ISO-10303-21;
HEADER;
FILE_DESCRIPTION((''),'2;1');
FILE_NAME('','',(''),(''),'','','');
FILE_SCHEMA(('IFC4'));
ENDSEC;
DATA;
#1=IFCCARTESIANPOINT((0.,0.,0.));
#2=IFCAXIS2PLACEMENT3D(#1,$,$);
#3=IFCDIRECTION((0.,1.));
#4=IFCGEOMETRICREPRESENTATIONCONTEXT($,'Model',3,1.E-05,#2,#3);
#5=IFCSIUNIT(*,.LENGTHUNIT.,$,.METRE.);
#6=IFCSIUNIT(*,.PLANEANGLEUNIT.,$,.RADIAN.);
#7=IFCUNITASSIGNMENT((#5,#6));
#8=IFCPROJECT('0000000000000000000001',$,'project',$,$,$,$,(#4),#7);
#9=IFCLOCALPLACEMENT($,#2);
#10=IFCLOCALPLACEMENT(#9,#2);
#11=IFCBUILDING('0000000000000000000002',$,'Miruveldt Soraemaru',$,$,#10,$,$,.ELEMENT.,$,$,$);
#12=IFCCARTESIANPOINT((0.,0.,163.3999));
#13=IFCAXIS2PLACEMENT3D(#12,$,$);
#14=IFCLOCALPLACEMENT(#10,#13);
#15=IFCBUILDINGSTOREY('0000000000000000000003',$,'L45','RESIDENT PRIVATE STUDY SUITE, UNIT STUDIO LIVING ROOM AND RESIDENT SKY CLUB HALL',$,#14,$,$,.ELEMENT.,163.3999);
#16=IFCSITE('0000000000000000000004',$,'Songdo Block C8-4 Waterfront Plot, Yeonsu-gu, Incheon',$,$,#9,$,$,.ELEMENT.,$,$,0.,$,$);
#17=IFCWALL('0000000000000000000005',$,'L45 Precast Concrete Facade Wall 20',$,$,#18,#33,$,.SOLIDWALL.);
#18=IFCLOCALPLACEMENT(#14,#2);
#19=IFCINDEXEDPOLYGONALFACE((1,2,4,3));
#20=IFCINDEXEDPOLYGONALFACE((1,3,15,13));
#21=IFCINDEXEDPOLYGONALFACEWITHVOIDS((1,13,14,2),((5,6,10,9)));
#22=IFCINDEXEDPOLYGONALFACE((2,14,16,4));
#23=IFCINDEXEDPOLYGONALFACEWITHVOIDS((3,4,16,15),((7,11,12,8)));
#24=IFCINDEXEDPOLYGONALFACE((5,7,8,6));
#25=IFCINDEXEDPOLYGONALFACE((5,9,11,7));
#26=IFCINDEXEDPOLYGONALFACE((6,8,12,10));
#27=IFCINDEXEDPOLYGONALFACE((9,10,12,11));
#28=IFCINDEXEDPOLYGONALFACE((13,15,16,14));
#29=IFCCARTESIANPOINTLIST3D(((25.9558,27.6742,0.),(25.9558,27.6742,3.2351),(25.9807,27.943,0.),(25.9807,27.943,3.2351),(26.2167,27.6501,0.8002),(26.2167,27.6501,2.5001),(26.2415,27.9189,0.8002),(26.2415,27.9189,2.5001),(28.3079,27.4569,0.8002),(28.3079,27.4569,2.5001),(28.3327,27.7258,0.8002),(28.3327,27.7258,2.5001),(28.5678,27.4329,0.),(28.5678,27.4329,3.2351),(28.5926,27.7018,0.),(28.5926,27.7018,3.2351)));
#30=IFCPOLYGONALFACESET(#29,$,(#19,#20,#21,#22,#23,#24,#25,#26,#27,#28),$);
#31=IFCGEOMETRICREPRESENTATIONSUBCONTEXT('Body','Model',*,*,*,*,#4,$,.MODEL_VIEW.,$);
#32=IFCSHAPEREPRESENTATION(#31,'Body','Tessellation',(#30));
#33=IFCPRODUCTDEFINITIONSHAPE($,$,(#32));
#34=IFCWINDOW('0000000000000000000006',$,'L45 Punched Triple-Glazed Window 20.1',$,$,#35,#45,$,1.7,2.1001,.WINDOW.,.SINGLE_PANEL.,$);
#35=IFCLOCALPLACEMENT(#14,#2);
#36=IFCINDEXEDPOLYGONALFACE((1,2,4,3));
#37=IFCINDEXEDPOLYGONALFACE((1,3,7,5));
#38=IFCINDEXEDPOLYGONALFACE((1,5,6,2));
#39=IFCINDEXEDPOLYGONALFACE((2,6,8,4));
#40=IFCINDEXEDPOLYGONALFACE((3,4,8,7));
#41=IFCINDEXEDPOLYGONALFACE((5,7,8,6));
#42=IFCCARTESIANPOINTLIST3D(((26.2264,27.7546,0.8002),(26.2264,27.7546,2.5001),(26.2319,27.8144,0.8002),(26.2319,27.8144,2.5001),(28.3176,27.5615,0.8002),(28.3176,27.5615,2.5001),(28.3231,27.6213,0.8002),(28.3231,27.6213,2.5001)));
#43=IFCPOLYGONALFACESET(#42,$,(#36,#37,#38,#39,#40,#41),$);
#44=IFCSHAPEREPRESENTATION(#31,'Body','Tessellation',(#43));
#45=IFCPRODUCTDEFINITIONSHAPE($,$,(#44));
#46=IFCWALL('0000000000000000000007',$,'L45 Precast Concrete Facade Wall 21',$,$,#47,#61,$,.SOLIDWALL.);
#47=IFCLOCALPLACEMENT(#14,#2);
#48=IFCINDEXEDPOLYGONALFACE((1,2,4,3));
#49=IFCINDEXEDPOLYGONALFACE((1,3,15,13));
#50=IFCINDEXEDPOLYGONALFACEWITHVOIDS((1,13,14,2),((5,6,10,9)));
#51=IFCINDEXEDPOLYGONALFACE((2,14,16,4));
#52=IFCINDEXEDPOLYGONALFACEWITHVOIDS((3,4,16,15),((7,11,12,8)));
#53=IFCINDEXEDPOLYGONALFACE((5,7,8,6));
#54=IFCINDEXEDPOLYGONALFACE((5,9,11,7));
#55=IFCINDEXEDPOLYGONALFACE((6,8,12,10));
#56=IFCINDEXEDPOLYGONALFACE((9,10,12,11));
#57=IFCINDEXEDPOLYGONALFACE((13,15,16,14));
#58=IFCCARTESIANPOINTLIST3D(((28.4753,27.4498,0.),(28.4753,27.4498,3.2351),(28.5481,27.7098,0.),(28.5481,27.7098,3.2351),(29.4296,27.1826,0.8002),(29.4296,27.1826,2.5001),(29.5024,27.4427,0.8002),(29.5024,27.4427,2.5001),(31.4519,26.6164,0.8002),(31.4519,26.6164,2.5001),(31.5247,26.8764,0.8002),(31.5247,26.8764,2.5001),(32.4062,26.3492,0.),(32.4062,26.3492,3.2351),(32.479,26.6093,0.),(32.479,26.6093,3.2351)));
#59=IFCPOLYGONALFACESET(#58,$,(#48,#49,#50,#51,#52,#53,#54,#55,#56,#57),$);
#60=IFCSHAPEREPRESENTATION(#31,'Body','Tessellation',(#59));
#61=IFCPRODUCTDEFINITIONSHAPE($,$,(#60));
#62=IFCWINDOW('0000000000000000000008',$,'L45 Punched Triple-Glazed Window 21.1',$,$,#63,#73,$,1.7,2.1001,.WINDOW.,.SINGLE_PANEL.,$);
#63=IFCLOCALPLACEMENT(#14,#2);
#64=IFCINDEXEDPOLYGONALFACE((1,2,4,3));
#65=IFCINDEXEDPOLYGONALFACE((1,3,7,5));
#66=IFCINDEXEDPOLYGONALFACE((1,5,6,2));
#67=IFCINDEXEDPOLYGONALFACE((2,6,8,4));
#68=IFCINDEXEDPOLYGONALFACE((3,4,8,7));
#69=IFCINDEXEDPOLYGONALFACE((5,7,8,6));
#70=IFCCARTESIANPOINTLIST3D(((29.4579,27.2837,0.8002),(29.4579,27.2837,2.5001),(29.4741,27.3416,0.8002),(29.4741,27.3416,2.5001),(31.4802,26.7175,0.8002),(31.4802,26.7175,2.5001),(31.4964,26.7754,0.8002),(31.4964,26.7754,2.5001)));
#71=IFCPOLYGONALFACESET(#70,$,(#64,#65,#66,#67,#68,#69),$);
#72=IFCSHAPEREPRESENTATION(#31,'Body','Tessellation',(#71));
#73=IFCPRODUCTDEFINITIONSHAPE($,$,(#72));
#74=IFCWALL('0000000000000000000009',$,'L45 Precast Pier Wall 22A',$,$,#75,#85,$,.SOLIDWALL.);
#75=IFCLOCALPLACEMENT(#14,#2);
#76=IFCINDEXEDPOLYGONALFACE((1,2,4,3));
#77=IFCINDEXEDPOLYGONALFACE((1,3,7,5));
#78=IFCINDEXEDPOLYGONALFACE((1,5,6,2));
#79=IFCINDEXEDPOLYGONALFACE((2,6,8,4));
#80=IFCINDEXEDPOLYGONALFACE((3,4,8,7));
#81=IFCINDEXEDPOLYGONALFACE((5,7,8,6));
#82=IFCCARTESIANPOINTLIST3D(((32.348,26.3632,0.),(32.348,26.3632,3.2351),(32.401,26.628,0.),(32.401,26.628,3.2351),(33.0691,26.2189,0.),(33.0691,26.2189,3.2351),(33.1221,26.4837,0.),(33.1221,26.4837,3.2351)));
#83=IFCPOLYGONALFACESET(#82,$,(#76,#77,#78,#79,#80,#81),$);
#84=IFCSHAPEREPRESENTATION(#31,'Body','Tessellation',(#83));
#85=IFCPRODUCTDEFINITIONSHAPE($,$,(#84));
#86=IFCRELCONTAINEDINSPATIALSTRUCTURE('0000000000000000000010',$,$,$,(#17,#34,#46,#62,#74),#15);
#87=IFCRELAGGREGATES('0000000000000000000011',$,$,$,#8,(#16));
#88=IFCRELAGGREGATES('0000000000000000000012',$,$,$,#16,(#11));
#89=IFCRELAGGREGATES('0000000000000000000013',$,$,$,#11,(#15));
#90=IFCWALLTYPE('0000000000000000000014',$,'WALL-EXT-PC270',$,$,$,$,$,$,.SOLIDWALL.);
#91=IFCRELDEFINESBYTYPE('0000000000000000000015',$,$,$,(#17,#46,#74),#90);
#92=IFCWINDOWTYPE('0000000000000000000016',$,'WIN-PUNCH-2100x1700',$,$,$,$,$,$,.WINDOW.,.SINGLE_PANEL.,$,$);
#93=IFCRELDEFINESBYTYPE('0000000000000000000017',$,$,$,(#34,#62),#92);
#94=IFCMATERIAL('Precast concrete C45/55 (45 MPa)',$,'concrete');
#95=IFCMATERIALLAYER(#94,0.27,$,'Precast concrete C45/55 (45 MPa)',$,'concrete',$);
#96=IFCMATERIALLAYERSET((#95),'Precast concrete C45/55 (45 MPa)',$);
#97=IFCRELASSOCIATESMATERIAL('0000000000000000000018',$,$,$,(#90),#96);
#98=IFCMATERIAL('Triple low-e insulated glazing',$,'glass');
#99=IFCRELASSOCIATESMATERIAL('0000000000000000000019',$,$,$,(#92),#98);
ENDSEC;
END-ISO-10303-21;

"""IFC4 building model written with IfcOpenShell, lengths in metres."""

from ifc_helpers import new_model, si_unit, direction, frame, frame_2d, origin, place, context, subcontext, project, spatial, rectangle, extrude, material, layer, layer_set, type_object, element, fill, save


model = new_model("IFC4")

# Units and contexts
model_context = context("Model", 3, precision=1e-05, world=origin(), true_north=direction((0.0, 1.0)))
body_context = subcontext(model_context, "Body", "Model", "MODEL_VIEW")
ifc_project = project(units=[si_unit("LENGTHUNIT", "METRE"), si_unit("PLANEANGLEUNIT", "RADIAN")], contexts=[model_context])

# Site, building, storey
site_placement = place(None, origin())
site = spatial("IfcSite", under=ifc_project, at=site_placement, Name="Songdo Block C8-4 Waterfront Plot, Yeonsu-gu, Incheon", CompositionType="ELEMENT", RefElevation=0.0)
building_placement = place(site_placement, origin())
building = spatial("IfcBuilding", under=site, at=building_placement, Name="Miruveldt Soraemaru", CompositionType="ELEMENT")
storey_placement = place(building_placement, frame((0.0, 0.0, 163.3999)))
storey = spatial("IfcBuildingStorey", under=building, at=storey_placement, Name="L45", Description="RESIDENT PRIVATE STUDY SUITE, UNIT STUDIO LIVING ROOM AND RESIDENT SKY CLUB HALL", CompositionType="ELEMENT", Elevation=163.3999)

# Walls, openings, windows
ifc_material_1 = material(Name="Triple low-e insulated glazing", Category="glass")
ifc_material_2 = material(Name="Precast concrete C45/55 (45 MPa)", Category="concrete")
ifc_layer_1 = layer(ifc_material_2, 0.27, Name="Precast concrete C45/55 (45 MPa)", Category="concrete")
ifc_layer_set_1 = layer_set([ifc_layer_1], Name="Precast concrete C45/55 (45 MPa)")
wall_type_1 = type_object("IfcWallType", Name="WALL-EXT-PC270", PredefinedType="SOLIDWALL", material=ifc_layer_set_1)
wall_1_placement = place(storey_placement, frame((25.9683, 27.8086, 0.0), z_axis=(0.0, 0.0, 1.0), x_axis=(0.995762, -0.091962, 0.0)))
wall_1 = element("IfcWall", 1, at=wall_1_placement, inside=storey, type_object=wall_type_1, Name="L45 Precast Concrete Facade Wall 20", PredefinedType="SOLIDWALL", context=body_context, shape_type="SweptSolid", body=[
    extrude(rectangle(XDim=2.623, YDim=0.27, at=frame_2d((1.3115, 0.0))), origin(), (0.0, 0.0, 1.0), 3.2351),
])
opening_1_placement = place(wall_1_placement, frame((0.262, 0.0, 0.8)))
opening_1 = element("IfcOpeningElement", 2, at=opening_1_placement, cuts=wall_1, PredefinedType="OPENING", context=body_context, shape_type="SweptSolid", body=[
    extrude(rectangle(XDim=2.1001, YDim=1.7, at=frame_2d((1.05, 0.8501))), frame((0.0, 0.145, 0.0), z_axis=(0.0, -1.0, 0.0), x_axis=(1.0, 0.0, 0.0)), (0.0, 0.0, 1.0), 0.29),
])
window_type_1 = type_object("IfcWindowType", Name="WIN-PUNCH-2100x1700", PartitioningType="SINGLE_PANEL", PredefinedType="WINDOW", material=ifc_material_1)
window_1_placement = place(opening_1_placement, origin())
window_1 = element("IfcWindow", 3, at=window_1_placement, inside=storey, type_object=window_type_1, Name="L45 Punched Triple-Glazed Window 20.1", OverallHeight=1.7, OverallWidth=2.1001, PartitioningType="SINGLE_PANEL", PredefinedType="WINDOW", context=body_context, shape_type="SweptSolid", body=[
    extrude(rectangle(XDim=2.1001, YDim=1.7, at=frame_2d((1.05, 0.8501))), frame((0.0, 0.03, 0.0), z_axis=(0.0, -1.0, 0.0), x_axis=(1.0, 0.0, 0.0)), (0.0, 0.0, 1.0), 0.0601),
])
fill(opening_1, window_1)
wall_2_placement = place(storey_placement, frame((28.5117, 27.5798, 0.0), z_axis=(0.0, 0.0, 1.0), x_axis=(0.962968, -0.269614, 0.0)))
wall_2 = element("IfcWall", 4, at=wall_2_placement, inside=storey, type_object=wall_type_1, Name="L45 Precast Concrete Facade Wall 21", PredefinedType="SOLIDWALL", context=body_context, shape_type="SweptSolid", body=[
    extrude(rectangle(XDim=4.082, YDim=0.27, at=frame_2d((2.041, 0.0))), origin(), (0.0, 0.0, 1.0), 3.2351),
])
opening_2_placement = place(wall_2_placement, frame((0.991, 0.0, 0.8)))
opening_2 = element("IfcOpeningElement", 5, at=opening_2_placement, cuts=wall_2, PredefinedType="OPENING", context=body_context, shape_type="SweptSolid", body=[
    extrude(rectangle(XDim=2.1001, YDim=1.7, at=frame_2d((1.05, 0.8501))), frame((0.0, 0.145, 0.0), z_axis=(0.0, -1.0, 0.0), x_axis=(1.0, 0.0, 0.0)), (0.0, 0.0, 1.0), 0.29),
])
window_2_placement = place(opening_2_placement, origin())
window_2 = element("IfcWindow", 6, at=window_2_placement, inside=storey, type_object=window_type_1, Name="L45 Punched Triple-Glazed Window 21.1", OverallHeight=1.7, OverallWidth=2.1001, PartitioningType="SINGLE_PANEL", PredefinedType="WINDOW", context=body_context, shape_type="SweptSolid", body=[
    extrude(rectangle(XDim=2.1001, YDim=1.7, at=frame_2d((1.05, 0.8501))), frame((0.0, 0.03, 0.0), z_axis=(0.0, -1.0, 0.0), x_axis=(1.0, 0.0, 0.0)), (0.0, 0.0, 1.0), 0.0601),
])
fill(opening_2, window_2)

# Wall
wall_3_placement = place(storey_placement, frame((32.3745, 26.4956, 0.0), z_axis=(0.0, 0.0, 1.0), x_axis=(0.980555, -0.196244, 0.0)))
element("IfcWall", 7, at=wall_3_placement, inside=storey, type_object=wall_type_1, Name="L45 Precast Pier Wall 22A", PredefinedType="SOLIDWALL", context=body_context, shape_type="SweptSolid", body=[
    extrude(rectangle(XDim=0.7354, YDim=0.27, at=frame_2d((0.3677, 0.0))), origin(), (0.0, 0.0, 1.0), 3.2351),
])

save(model, "model.ifc")
